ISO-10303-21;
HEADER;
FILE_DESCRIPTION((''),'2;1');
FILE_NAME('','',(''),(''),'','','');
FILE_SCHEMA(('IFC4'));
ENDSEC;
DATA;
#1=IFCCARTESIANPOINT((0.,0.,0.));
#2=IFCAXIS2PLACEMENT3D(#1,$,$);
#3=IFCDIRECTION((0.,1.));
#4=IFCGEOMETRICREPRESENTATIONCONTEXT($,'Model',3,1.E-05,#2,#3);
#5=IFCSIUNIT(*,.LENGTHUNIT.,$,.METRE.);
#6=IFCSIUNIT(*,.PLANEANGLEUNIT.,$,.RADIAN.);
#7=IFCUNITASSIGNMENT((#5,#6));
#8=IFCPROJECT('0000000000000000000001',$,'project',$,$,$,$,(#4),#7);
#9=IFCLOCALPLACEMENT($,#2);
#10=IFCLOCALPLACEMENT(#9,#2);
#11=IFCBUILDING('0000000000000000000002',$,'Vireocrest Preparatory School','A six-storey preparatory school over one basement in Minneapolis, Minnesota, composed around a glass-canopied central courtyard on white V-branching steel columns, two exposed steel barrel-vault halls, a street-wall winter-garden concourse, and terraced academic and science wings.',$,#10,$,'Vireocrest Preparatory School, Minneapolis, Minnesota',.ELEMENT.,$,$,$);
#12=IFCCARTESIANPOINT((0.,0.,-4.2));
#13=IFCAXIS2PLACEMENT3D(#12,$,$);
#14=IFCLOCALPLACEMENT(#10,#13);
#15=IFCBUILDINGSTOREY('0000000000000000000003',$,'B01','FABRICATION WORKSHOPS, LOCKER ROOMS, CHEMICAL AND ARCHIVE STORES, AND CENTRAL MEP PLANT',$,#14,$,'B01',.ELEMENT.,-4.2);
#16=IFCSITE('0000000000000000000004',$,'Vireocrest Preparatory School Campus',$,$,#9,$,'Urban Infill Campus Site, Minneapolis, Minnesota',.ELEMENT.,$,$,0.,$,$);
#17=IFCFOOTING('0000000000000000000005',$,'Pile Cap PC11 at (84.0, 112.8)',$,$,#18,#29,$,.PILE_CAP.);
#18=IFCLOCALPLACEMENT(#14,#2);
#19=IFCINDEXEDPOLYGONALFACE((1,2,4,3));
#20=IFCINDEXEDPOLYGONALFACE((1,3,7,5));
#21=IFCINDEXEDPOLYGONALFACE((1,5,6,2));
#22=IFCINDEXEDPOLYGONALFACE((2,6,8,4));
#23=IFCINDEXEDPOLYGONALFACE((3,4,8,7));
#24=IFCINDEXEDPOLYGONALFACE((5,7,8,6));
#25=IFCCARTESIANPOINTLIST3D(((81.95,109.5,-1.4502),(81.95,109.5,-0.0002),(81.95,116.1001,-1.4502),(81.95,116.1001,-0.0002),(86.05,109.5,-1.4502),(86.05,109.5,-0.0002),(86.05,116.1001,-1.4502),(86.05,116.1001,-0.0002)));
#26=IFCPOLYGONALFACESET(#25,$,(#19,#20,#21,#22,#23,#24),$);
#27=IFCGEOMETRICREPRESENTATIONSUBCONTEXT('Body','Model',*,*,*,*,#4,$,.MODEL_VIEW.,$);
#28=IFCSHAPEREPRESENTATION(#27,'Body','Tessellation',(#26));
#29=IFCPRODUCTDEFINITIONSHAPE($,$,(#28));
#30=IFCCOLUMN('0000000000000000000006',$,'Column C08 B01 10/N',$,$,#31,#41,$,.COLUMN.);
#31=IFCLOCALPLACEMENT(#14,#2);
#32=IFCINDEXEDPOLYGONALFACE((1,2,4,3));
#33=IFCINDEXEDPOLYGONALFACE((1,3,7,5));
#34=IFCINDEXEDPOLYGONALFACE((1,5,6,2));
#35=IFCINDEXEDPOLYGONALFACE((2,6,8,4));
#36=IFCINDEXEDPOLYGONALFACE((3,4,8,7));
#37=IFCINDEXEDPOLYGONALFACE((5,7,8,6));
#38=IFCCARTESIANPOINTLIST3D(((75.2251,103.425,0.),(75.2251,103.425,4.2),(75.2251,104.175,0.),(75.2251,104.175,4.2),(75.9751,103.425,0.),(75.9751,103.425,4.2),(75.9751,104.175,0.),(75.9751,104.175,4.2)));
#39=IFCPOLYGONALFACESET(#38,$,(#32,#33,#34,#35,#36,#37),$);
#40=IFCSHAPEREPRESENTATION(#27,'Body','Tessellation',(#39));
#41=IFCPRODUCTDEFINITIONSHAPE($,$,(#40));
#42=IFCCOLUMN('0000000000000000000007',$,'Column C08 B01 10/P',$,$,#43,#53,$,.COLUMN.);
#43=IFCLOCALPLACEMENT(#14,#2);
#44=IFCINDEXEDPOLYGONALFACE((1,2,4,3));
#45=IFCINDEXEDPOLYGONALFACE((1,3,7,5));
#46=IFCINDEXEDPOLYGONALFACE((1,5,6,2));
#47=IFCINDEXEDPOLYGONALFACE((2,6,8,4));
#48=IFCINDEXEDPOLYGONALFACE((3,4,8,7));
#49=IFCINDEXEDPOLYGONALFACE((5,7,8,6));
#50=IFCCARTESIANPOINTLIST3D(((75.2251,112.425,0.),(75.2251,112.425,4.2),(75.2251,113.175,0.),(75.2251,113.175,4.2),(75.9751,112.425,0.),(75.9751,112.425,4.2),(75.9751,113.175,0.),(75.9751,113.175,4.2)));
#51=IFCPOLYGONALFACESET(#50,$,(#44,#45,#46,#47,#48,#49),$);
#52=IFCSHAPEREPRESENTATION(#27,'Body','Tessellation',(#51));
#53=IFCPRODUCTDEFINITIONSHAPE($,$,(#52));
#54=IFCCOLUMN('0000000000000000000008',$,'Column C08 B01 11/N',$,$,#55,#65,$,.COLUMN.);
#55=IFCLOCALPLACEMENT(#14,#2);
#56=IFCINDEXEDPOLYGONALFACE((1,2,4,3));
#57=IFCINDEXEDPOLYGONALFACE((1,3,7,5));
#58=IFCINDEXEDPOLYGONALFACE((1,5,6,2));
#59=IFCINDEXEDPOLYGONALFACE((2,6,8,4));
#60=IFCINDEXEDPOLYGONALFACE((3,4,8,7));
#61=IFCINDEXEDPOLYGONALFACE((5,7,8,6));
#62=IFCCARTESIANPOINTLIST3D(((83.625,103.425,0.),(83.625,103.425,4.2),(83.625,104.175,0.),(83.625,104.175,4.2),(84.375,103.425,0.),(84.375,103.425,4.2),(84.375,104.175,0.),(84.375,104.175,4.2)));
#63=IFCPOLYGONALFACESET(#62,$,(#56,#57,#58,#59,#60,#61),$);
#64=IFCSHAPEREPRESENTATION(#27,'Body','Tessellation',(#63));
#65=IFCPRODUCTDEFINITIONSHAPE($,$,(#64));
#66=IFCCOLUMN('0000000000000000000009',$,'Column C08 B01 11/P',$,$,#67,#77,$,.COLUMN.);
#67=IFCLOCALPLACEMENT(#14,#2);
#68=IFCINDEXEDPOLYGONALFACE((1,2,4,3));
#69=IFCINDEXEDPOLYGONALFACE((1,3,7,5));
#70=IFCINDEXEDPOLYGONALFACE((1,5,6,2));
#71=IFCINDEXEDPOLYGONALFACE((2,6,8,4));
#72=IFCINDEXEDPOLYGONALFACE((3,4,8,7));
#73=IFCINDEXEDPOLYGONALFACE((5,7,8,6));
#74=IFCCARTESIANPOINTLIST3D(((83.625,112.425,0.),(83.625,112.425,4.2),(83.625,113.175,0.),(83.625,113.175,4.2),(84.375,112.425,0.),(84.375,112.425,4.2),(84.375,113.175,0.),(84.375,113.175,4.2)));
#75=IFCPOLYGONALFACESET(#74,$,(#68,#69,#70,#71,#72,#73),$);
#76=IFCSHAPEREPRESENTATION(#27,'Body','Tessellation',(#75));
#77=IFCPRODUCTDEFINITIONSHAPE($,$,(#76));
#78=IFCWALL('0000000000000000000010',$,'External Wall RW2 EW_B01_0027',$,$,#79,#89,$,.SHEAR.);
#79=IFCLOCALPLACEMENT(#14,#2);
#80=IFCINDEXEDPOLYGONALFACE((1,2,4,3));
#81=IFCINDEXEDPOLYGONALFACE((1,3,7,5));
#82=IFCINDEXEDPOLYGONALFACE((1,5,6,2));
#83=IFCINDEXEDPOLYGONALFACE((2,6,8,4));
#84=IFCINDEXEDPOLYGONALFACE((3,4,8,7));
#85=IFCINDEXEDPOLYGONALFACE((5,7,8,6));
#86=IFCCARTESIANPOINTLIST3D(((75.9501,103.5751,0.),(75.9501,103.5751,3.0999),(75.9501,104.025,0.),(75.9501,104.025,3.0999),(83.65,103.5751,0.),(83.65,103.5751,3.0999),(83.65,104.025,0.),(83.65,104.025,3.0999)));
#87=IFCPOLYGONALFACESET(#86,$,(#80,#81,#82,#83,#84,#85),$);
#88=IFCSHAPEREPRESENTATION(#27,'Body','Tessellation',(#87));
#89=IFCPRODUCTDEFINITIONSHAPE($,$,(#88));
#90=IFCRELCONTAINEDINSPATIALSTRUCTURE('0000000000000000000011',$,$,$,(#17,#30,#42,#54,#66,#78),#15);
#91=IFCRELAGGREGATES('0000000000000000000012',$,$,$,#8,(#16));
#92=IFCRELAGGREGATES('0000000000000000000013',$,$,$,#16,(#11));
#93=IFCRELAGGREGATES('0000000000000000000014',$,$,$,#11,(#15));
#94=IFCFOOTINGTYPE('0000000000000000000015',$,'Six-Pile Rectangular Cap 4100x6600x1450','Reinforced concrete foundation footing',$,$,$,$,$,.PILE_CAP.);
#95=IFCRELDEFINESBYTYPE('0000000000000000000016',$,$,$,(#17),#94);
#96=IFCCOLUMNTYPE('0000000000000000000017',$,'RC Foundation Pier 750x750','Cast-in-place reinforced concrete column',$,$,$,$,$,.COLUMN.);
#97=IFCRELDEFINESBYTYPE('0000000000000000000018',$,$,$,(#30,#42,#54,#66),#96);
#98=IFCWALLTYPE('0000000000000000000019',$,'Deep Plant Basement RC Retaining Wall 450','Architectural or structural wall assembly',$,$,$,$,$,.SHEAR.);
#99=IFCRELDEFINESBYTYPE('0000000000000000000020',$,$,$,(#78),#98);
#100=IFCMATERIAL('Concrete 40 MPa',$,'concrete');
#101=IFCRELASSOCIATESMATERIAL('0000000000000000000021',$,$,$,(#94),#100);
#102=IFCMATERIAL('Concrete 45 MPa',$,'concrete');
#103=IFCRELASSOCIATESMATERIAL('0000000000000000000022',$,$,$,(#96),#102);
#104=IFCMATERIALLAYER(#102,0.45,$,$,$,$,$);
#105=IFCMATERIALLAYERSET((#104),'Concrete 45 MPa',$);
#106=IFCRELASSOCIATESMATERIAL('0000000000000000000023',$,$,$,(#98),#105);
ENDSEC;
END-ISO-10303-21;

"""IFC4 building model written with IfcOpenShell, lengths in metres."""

from ifc_helpers import new_model, si_unit, direction, frame, frame_2d, origin, origin_2d, place, context, subcontext, project, spatial, rectangle, extrude, material, layer, layer_set, material_profile, profile_set, type_object, element, save


model = new_model("IFC4")

# Units and contexts
model_context = context("Model", 3, precision=1e-05, world=origin(), true_north=direction((0.0, 1.0)))
body_context = subcontext(model_context, "Body", "Model", "MODEL_VIEW")
ifc_project = project(units=[si_unit("LENGTHUNIT", "METRE"), si_unit("PLANEANGLEUNIT", "RADIAN")], contexts=[model_context])

# Site, building, storey
site_placement = place(None, origin())
site = spatial("IfcSite", under=ifc_project, at=site_placement, Name="Vireocrest Preparatory School Campus", LongName="Urban Infill Campus Site, Minneapolis, Minnesota", CompositionType="ELEMENT", RefElevation=0.0)
building_placement = place(site_placement, origin())
building = spatial("IfcBuilding", under=site, at=building_placement, Name="Vireocrest Preparatory School", Description="A six-storey preparatory school over one basement in Minneapolis, Minnesota, composed around a glass-canopied central courtyard on white V-branching steel columns, two exposed steel barrel-vault halls, a street-wall winter-garden concourse, and terraced academic and science wings.", LongName="Vireocrest Preparatory School, Minneapolis, Minnesota", CompositionType="ELEMENT")
storey_placement = place(building_placement, frame((0.0, 0.0, -4.2)))
storey = spatial("IfcBuildingStorey", under=building, at=storey_placement, Name="B01", Description="FABRICATION WORKSHOPS, LOCKER ROOMS, CHEMICAL AND ARCHIVE STORES, AND CENTRAL MEP PLANT", LongName="B01", CompositionType="ELEMENT", Elevation=-4.2)

# Shared definitions
ifc_material_1 = material(Name="Concrete 40 MPa", Category="concrete")

# Footing
footing_type_1 = type_object("IfcFootingType", Name="Six-Pile Rectangular Cap 4100x6600x1450", Description="Reinforced concrete foundation footing", PredefinedType="PILE_CAP", material=ifc_material_1)
footing_1_placement = place(storey_placement, frame((84.0, 112.8, -1.4502), z_axis=(0.0, 0.0, 1.0), x_axis=(1.0, 0.0, 0.0)))
element("IfcFooting", 1, at=footing_1_placement, inside=storey, type_object=footing_type_1, Name="Pile Cap PC11 at (84.0, 112.8)", PredefinedType="PILE_CAP", context=body_context, shape_type="SweptSolid", body=[
    extrude(rectangle(XDim=4.1001, YDim=6.6001, at=origin_2d()), origin(), (0.0, 0.0, 1.0), 1.45),
])

# Columns
ifc_material_2 = material(Name="Concrete 45 MPa", Category="concrete")
ifc_material_profile_1 = material_profile(ifc_material_2, rectangle(XDim=0.75, YDim=0.75, at=origin_2d()), Name="RC 750x750")
ifc_profile_set_1 = profile_set([ifc_material_profile_1], Name="Concrete 45 MPa")
column_type = type_object("IfcColumnType", Name="RC Foundation Pier 750x750", Description="Cast-in-place reinforced concrete column", PredefinedType="COLUMN", material=ifc_profile_set_1)
for number, where, z_axis, x_axis, name in (
    (2, (75.6001, 103.8, 0.0), (0.0, 0.0, 1.0), (1.0, 0.0, 0.0), "Column C08 B01 10/N"),
    (3, (75.6001, 112.8, 0.0), (0.0, 0.0, 1.0), (1.0, 0.0, 0.0), "Column C08 B01 10/P"),
    (4, (84.0, 103.8, 0.0), (0.0, 0.0, 1.0), (1.0, 0.0, 0.0), "Column C08 B01 11/N"),
    (5, (84.0, 112.8, 0.0), (0.0, 0.0, 1.0), (1.0, 0.0, 0.0), "Column C08 B01 11/P"),
):
    element("IfcColumn", number, at=place(storey_placement, frame(where, z_axis=z_axis, x_axis=x_axis)), inside=storey, type_object=column_type, Name=name, PredefinedType="COLUMN", context=body_context, shape_type="SweptSolid", body=[
        extrude(rectangle(XDim=0.75, YDim=0.75, at=origin_2d()), origin(), (0.0, 0.0, 1.0), 4.2),
    ])

# Wall
ifc_layer = layer(ifc_material_2, 0.45)
ifc_layer_set = layer_set([ifc_layer], Name="Concrete 45 MPa")
wall_type = type_object("IfcWallType", Name="Deep Plant Basement RC Retaining Wall 450", Description="Architectural or structural wall assembly", PredefinedType="SHEAR", material=ifc_layer_set)
wall_placement = place(storey_placement, frame((75.95, 103.8, 0.0), z_axis=(0.0, 0.0, 1.0), x_axis=(1.0, 0.0, 0.0)))
element("IfcWall", 6, at=wall_placement, inside=storey, type_object=wall_type, Name="External Wall RW2 EW_B01_0027", PredefinedType="SHEAR", context=body_context, shape_type="SweptSolid", body=[
    extrude(rectangle(XDim=7.7, YDim=0.45, at=frame_2d((3.8501, 0.0))), origin(), (0.0, 0.0, 1.0), 3.0999),
])

save(model, "model.ifc")
